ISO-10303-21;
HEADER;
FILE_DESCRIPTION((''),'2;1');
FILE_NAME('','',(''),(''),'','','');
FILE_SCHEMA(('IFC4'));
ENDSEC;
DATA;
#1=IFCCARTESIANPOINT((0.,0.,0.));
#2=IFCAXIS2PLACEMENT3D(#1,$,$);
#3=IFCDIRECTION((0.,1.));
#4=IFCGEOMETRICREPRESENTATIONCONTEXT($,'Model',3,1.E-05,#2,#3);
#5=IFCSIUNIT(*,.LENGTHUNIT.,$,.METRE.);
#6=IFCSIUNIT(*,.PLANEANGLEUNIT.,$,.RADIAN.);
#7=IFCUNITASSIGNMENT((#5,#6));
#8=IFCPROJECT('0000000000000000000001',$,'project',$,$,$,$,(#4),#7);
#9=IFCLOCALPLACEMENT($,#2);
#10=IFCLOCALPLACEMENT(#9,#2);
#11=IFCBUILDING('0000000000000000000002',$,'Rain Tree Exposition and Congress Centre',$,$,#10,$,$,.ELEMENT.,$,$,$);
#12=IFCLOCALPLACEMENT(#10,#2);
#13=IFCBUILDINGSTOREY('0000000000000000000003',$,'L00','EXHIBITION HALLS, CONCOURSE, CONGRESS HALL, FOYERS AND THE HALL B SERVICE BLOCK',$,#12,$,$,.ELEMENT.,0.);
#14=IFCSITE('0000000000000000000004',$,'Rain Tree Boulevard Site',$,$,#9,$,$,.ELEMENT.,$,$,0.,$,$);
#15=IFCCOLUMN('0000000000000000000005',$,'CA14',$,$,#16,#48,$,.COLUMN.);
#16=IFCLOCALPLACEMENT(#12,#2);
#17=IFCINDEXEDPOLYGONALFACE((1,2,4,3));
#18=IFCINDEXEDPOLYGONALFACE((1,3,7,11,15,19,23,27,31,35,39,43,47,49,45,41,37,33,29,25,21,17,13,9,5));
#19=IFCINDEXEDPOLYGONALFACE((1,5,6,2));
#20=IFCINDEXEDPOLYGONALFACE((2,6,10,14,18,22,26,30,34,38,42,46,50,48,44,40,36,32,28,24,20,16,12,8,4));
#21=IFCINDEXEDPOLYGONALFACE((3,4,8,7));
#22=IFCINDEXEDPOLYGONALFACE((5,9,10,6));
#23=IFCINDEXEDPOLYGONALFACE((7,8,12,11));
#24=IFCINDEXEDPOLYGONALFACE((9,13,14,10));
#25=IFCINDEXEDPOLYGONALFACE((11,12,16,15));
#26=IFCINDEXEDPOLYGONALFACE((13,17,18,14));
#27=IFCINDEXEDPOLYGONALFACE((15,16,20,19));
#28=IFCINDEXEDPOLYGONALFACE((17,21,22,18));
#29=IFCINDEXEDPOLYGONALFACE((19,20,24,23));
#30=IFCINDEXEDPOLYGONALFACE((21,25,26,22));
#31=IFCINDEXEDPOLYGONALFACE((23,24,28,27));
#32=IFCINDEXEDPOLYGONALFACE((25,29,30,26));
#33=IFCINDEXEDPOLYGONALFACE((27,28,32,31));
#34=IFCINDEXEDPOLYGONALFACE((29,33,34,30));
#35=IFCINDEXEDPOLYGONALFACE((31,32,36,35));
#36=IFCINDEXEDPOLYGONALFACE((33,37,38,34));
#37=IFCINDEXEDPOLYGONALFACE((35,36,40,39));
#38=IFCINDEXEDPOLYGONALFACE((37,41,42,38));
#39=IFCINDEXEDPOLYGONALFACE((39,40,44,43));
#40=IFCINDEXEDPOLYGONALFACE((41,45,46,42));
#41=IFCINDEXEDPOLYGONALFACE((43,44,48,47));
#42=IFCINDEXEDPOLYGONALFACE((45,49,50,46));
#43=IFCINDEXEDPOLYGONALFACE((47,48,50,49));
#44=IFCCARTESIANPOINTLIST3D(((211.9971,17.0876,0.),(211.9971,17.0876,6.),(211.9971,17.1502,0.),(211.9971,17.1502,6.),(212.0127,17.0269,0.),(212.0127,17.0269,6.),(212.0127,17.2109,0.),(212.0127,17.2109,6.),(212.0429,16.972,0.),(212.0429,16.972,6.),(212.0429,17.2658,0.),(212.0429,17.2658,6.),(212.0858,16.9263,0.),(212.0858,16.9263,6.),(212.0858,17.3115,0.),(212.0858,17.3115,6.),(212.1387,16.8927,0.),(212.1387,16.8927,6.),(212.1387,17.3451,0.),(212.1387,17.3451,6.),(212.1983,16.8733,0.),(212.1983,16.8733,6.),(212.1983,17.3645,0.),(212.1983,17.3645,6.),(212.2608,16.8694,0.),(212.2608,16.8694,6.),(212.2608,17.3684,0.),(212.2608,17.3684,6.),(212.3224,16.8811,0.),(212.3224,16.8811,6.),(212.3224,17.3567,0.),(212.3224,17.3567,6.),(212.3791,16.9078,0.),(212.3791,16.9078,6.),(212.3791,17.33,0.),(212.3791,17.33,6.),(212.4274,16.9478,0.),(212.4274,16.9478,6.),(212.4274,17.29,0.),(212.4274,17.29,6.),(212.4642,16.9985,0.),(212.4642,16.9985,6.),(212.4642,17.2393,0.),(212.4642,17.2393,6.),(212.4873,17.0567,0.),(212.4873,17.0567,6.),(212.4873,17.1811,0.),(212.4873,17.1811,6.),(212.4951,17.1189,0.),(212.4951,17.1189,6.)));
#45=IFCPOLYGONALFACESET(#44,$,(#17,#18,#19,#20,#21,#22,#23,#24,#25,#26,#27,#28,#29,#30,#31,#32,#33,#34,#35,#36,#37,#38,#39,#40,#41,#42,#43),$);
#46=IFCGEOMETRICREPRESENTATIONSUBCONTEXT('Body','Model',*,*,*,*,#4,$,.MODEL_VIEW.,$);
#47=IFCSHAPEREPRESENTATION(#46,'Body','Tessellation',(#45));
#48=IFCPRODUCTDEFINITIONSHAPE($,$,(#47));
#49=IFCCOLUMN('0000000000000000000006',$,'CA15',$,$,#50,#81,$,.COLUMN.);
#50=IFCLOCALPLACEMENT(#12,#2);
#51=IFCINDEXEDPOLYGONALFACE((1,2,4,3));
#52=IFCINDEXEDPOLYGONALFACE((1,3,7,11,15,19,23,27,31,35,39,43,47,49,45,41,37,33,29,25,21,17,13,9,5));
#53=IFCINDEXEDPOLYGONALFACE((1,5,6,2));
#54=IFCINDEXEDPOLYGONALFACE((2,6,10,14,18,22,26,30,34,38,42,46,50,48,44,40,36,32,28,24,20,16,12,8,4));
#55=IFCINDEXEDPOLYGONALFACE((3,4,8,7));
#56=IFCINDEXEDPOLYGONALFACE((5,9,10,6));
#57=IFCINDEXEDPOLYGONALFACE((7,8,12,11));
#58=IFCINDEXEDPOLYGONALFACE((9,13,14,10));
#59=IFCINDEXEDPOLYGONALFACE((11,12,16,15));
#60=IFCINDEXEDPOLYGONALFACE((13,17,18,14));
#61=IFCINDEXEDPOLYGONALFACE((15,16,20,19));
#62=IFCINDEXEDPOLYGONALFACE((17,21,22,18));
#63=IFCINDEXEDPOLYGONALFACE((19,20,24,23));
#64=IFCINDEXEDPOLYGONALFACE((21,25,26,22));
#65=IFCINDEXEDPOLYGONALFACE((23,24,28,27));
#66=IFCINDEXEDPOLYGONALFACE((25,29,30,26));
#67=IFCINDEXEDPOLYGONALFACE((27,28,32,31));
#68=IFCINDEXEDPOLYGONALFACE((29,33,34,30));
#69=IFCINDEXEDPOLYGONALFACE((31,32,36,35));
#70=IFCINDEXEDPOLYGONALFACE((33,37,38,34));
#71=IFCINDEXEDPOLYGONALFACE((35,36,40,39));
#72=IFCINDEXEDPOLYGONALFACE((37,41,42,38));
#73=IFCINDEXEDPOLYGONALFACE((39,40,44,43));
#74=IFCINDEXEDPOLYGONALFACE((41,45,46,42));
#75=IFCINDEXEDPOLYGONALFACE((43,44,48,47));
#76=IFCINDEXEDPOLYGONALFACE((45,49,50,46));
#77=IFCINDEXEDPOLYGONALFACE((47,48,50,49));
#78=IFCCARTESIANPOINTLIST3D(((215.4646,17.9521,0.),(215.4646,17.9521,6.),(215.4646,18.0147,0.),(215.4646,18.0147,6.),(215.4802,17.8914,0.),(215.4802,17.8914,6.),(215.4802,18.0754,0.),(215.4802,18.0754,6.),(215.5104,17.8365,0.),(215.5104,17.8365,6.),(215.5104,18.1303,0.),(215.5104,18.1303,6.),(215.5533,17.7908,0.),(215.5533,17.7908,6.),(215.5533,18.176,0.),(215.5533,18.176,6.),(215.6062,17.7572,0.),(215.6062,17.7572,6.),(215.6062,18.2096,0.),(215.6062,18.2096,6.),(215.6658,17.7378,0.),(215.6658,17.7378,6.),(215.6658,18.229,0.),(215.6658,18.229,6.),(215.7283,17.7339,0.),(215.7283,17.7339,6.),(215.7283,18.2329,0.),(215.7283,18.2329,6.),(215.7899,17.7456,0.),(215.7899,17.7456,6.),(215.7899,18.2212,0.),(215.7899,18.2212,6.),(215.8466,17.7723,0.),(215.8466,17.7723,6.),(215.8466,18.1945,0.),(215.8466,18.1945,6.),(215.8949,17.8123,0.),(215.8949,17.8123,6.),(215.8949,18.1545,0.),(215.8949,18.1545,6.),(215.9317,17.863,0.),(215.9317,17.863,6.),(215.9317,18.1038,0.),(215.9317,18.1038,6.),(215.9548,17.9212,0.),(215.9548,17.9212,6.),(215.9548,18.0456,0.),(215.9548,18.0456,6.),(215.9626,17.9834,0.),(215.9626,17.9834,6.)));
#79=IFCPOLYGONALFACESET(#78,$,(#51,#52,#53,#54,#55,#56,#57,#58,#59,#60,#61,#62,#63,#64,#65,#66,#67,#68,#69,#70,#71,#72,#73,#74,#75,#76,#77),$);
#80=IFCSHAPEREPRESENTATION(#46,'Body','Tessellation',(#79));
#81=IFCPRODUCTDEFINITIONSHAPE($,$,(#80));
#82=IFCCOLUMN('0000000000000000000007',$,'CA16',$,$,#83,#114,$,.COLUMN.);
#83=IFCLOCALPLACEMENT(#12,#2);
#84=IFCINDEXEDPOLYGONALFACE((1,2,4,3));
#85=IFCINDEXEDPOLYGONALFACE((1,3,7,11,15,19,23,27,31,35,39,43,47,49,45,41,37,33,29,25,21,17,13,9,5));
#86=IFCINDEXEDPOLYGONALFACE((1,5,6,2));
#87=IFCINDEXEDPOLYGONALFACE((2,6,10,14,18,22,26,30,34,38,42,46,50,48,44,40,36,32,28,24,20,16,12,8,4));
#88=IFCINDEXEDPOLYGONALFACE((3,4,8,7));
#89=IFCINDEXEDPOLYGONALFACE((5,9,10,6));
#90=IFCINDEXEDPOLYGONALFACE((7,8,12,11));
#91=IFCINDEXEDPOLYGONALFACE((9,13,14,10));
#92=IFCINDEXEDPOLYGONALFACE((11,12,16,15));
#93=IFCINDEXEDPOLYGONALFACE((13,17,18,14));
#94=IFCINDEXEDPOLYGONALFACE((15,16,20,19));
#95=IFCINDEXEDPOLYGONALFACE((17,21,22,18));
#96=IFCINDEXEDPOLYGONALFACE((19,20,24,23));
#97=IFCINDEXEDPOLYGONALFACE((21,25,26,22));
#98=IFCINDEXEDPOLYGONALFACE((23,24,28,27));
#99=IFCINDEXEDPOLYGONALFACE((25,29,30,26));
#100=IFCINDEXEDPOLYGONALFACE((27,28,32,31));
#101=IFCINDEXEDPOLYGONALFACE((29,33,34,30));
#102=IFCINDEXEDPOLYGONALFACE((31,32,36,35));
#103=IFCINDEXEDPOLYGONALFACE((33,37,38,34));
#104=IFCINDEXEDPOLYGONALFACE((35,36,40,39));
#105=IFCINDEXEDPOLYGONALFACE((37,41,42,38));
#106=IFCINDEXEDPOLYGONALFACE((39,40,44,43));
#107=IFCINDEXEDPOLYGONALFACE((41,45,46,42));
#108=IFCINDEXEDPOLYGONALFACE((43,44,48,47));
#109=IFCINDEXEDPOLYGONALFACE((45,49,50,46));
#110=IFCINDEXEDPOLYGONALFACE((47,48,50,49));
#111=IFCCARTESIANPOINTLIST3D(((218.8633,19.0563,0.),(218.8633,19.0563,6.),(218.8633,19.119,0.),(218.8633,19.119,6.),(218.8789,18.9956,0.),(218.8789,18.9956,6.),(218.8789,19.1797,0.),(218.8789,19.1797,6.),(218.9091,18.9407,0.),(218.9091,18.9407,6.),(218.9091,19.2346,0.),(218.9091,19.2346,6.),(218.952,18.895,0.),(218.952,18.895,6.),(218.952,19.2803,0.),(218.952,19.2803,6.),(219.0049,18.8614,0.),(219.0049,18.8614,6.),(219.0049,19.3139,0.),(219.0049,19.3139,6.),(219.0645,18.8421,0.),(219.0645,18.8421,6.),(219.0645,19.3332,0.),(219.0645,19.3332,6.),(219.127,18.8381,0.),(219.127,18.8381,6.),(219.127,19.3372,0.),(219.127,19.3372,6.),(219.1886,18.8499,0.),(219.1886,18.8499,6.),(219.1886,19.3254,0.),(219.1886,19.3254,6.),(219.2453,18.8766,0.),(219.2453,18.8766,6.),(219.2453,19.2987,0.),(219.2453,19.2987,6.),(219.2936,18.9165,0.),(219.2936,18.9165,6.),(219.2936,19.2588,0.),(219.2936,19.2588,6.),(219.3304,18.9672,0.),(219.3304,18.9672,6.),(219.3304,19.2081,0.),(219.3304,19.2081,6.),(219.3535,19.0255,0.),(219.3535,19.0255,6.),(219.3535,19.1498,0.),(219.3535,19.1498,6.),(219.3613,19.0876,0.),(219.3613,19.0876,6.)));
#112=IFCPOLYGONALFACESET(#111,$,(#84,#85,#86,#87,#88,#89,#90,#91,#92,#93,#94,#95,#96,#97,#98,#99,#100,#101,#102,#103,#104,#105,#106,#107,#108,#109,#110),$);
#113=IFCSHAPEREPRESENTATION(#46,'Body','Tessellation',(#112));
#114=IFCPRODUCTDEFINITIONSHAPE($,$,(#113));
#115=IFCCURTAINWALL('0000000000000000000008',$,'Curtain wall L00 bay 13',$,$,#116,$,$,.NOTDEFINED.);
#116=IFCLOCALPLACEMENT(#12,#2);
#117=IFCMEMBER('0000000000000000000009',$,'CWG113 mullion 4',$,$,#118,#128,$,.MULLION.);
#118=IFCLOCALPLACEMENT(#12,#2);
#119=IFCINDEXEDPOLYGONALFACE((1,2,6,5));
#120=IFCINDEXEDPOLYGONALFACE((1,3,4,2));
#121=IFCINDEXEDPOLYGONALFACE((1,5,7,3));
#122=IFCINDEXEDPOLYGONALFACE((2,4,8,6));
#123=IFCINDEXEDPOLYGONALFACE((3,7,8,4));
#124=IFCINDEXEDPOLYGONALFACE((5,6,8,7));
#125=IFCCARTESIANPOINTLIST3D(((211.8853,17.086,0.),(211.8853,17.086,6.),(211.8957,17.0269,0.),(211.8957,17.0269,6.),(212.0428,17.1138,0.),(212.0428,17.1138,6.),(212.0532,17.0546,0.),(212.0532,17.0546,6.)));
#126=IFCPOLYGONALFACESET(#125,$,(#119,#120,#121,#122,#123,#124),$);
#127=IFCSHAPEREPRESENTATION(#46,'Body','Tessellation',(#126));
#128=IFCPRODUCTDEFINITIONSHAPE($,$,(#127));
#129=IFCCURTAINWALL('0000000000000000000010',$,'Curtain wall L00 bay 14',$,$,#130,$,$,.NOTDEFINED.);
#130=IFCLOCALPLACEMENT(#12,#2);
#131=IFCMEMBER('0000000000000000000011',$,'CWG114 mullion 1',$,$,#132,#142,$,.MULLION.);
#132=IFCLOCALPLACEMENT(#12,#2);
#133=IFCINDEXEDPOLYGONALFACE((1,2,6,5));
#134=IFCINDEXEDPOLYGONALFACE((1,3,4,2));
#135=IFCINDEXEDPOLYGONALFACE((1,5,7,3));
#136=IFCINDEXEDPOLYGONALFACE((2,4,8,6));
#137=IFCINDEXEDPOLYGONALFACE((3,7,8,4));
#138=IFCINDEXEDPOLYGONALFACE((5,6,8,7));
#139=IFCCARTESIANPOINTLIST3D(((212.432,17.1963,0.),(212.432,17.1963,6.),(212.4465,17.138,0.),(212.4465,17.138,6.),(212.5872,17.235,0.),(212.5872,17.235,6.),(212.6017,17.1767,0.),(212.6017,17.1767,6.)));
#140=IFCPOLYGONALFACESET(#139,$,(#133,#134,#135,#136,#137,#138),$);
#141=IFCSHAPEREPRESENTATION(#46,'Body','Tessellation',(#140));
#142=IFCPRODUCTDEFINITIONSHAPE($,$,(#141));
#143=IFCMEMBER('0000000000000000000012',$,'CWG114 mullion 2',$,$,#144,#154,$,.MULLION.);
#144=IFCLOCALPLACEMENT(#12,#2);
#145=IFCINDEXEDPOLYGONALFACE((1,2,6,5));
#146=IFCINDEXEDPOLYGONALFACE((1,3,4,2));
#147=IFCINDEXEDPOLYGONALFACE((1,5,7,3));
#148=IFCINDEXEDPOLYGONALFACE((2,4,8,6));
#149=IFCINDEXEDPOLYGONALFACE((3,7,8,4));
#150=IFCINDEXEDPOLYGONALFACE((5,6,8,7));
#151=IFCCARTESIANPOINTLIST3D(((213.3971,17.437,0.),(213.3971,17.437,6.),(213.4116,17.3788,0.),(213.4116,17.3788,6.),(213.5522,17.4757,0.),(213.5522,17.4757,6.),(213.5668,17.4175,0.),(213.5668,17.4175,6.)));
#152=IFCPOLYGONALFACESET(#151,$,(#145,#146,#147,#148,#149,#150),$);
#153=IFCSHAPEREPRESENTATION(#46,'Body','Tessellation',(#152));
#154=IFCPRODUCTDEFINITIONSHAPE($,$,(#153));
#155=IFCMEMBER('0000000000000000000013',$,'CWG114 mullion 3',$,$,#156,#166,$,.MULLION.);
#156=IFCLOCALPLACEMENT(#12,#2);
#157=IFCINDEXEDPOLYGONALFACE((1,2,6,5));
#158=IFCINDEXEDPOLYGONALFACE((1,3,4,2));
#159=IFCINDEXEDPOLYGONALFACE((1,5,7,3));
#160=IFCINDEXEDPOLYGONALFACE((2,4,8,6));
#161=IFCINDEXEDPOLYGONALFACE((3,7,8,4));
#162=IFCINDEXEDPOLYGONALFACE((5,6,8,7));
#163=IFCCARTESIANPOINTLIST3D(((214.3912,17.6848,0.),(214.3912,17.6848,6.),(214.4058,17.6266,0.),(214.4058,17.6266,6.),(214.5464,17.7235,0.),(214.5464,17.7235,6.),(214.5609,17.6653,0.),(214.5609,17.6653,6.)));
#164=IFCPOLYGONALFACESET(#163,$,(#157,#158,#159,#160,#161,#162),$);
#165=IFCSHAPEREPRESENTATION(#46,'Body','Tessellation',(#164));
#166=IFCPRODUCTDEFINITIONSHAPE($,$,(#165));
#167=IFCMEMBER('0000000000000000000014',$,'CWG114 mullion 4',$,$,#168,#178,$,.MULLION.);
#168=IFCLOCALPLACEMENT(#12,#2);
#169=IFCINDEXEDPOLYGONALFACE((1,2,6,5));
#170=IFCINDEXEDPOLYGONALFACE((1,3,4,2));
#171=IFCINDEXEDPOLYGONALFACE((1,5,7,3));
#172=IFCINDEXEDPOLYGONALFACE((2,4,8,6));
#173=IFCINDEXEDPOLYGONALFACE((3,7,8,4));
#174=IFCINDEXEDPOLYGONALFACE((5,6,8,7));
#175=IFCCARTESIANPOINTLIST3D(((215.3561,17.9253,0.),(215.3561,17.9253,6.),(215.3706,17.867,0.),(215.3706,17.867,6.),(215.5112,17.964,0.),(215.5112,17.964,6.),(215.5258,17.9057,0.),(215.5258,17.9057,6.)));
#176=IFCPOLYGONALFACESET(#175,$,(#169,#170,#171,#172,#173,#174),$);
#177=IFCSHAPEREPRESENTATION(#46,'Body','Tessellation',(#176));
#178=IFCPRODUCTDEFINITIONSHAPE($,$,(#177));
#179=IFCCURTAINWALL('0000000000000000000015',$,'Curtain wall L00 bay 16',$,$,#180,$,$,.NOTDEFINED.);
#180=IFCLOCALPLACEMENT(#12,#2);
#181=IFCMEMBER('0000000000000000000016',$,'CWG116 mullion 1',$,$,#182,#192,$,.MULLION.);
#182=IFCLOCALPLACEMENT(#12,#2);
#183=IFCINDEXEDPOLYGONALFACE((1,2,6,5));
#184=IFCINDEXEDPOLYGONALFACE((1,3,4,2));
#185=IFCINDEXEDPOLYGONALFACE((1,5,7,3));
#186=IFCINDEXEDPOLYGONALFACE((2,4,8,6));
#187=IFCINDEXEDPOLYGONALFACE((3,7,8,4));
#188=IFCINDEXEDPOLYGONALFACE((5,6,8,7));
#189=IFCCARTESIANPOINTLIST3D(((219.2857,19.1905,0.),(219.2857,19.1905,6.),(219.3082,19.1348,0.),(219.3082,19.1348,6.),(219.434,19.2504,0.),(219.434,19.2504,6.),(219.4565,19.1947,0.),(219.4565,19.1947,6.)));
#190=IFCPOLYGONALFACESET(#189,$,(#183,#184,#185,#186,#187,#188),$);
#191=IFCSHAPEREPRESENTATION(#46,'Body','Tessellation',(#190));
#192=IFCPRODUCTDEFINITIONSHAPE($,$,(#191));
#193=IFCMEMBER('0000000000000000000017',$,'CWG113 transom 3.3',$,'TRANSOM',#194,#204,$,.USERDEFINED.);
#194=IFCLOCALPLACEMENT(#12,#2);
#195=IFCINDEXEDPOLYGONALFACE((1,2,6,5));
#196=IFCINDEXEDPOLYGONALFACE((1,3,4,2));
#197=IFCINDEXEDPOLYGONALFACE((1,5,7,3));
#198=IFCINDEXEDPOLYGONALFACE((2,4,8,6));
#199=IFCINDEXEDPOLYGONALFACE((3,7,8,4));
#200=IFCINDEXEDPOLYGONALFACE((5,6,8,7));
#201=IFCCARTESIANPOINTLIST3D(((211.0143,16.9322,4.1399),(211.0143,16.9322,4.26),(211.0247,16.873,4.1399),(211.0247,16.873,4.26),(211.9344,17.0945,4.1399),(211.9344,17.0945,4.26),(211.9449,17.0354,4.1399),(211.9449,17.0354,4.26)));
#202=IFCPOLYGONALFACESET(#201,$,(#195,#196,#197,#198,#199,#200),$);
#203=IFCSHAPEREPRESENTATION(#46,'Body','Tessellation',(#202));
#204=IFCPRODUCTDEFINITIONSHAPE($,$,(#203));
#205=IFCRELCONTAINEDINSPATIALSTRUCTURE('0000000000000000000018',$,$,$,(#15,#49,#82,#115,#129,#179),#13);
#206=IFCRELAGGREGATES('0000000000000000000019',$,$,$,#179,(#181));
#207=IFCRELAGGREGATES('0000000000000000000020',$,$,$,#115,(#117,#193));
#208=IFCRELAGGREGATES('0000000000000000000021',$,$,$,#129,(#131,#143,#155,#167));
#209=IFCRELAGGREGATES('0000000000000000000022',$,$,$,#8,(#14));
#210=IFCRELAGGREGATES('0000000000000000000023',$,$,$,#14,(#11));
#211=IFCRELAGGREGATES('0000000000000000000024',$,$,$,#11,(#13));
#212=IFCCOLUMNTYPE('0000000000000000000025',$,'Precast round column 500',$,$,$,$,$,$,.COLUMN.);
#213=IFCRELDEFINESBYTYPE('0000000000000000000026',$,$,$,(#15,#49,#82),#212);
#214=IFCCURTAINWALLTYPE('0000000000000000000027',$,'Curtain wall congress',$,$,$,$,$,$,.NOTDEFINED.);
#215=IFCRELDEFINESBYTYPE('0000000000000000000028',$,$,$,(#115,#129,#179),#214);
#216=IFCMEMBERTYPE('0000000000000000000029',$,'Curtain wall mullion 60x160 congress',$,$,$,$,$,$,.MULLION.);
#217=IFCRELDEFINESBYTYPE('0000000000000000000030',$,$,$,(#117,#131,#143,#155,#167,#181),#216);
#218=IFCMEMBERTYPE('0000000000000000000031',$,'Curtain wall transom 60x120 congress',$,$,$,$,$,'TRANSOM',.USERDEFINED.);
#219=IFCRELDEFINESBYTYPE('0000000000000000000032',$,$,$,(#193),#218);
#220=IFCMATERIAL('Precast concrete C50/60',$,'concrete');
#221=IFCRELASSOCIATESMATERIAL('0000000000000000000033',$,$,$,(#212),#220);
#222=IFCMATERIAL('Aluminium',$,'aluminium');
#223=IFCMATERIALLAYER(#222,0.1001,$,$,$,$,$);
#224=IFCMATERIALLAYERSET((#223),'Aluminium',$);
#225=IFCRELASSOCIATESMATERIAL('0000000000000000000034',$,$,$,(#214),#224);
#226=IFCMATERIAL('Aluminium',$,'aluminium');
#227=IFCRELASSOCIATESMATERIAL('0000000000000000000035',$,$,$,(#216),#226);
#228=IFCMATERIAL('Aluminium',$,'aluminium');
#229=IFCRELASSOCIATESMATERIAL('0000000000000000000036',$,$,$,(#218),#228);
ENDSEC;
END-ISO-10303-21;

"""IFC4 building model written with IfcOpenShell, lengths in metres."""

from ifc_helpers import new_model, si_unit, direction, frame, origin, origin_2d, place, context, subcontext, project, spatial, rectangle, circle, extrude, material, layer, layer_set, material_profile, profile_set, type_object, element, aggregate, save


model = new_model("IFC4")

# Units and contexts
model_context = context("Model", 3, precision=1e-05, world=origin(), true_north=direction((0.0, 1.0)))
body_context = subcontext(model_context, "Body", "Model", "MODEL_VIEW")
ifc_project = project(units=[si_unit("LENGTHUNIT", "METRE"), si_unit("PLANEANGLEUNIT", "RADIAN")], contexts=[model_context])

# Site, building, storey
site_placement = place(None, origin())
site = spatial("IfcSite", under=ifc_project, at=site_placement, Name="Rain Tree Boulevard Site", CompositionType="ELEMENT", RefElevation=0.0)
building_placement = place(site_placement, origin())
building = spatial("IfcBuilding", under=site, at=building_placement, Name="Rain Tree Exposition and Congress Centre", CompositionType="ELEMENT")
storey_placement = place(building_placement, origin())
storey = spatial("IfcBuildingStorey", under=building, at=storey_placement, Name="L00", Description="EXHIBITION HALLS, CONCOURSE, CONGRESS HALL, FOYERS AND THE HALL B SERVICE BLOCK", CompositionType="ELEMENT", Elevation=0.0)

# Columns
ifc_material_1 = material(Name="Precast concrete C50/60", Category="concrete")
ifc_material_profile_1 = material_profile(ifc_material_1, circle(Radius=0.25, at=origin_2d()), Name="RC D500")
ifc_profile_set_1 = profile_set([ifc_material_profile_1], Name="Precast concrete C50/60")
column_type = type_object("IfcColumnType", Name="Precast round column 500", PredefinedType="COLUMN", material=ifc_profile_set_1)
for number, where, z_axis, x_axis, name in (
    (1, (212.2451, 17.1189, 0.0), (0.0, 0.0, 1.0), (1.0, 0.0, 0.0), "CA14"),
    (2, (215.7126, 17.9834, 0.0), (0.0, 0.0, 1.0), (1.0, 0.0, 0.0), "CA15"),
    (3, (219.1113, 19.0876, 0.0), (0.0, 0.0, 1.0), (1.0, 0.0, 0.0), "CA16"),
):
    element("IfcColumn", number, at=place(storey_placement, frame(where, z_axis=z_axis, x_axis=x_axis)), inside=storey, type_object=column_type, Name=name, PredefinedType="COLUMN", context=body_context, shape_type="SweptSolid", body=[
        extrude(circle(Radius=0.25, at=origin_2d()), origin(), (0.0, 0.0, 1.0), 6.0),
    ])

# Curtain wall, member
ifc_material_2 = material(Name="Aluminium", Category="aluminium")
ifc_layer_1 = layer(ifc_material_2, 0.1001)
ifc_layer_set_1 = layer_set([ifc_layer_1], Name="Aluminium")
curtain_wall_type = type_object("IfcCurtainWallType", Name="Curtain wall congress", PredefinedType="NOTDEFINED", material=ifc_layer_set_1)
curtain_wall_1_placement = place(storey_placement, origin())
curtain_wall_1 = element("IfcCurtainWall", 4, at=curtain_wall_1_placement, inside=storey, type_object=curtain_wall_type, Name="Curtain wall L00 bay 13", PredefinedType="NOTDEFINED")
ifc_material_3 = material(Name="Aluminium", Category="aluminium")
ifc_material_profile_2 = material_profile(ifc_material_3, rectangle(XDim=0.0601, YDim=0.1599, at=origin_2d()), Name="AL 60x160")
ifc_profile_set_2 = profile_set([ifc_material_profile_2], Name="Aluminium")
member_type_1 = type_object("IfcMemberType", Name="Curtain wall mullion 60x160 congress", PredefinedType="MULLION", material=ifc_profile_set_2)
member_1_placement = place(storey_placement, frame((211.9692, 17.0703, 0.0), z_axis=(0.0, 0.0, 1.0), x_axis=(-0.173635, 0.98481, 0.0)))
member_1 = element("IfcMember", 5, at=member_1_placement, type_object=member_type_1, Name="CWG113 mullion 4", PredefinedType="MULLION", context=body_context, shape_type="SweptSolid", body=[
    extrude(rectangle(XDim=0.0601, YDim=0.1599, at=origin_2d()), origin(), (0.0, 0.0, 1.0), 6.0),
])

# Curtain wall, members
curtain_wall_2_placement = place(storey_placement, origin())
curtain_wall_2 = element("IfcCurtainWall", 6, at=curtain_wall_2_placement, inside=storey, type_object=curtain_wall_type, Name="Curtain wall L00 bay 14", PredefinedType="NOTDEFINED")
member_2_placement = place(storey_placement, frame((212.5168, 17.1865, 0.0), z_axis=(0.0, 0.0, 1.0), x_axis=(-0.241923, 0.970295, 0.0)))
member_2 = element("IfcMember", 7, at=member_2_placement, type_object=member_type_1, Name="CWG114 mullion 1", PredefinedType="MULLION", context=body_context, shape_type="SweptSolid", body=[
    extrude(rectangle(XDim=0.0601, YDim=0.1599, at=origin_2d()), origin(), (0.0, 0.0, 1.0), 6.0),
])
member_3_placement = place(storey_placement, frame((213.4819, 17.4272, 0.0), z_axis=(0.0, 0.0, 1.0), x_axis=(-0.241923, 0.970295, 0.0)))
member_3 = element("IfcMember", 8, at=member_3_placement, type_object=member_type_1, Name="CWG114 mullion 2", PredefinedType="MULLION", context=body_context, shape_type="SweptSolid", body=[
    extrude(rectangle(XDim=0.0601, YDim=0.1599, at=origin_2d()), origin(), (0.0, 0.0, 1.0), 6.0),
])
member_4_placement = place(storey_placement, frame((214.4761, 17.675, 0.0), z_axis=(0.0, 0.0, 1.0), x_axis=(-0.241923, 0.970295, 0.0)))
member_4 = element("IfcMember", 9, at=member_4_placement, type_object=member_type_1, Name="CWG114 mullion 3", PredefinedType="MULLION", context=body_context, shape_type="SweptSolid", body=[
    extrude(rectangle(XDim=0.0601, YDim=0.1599, at=origin_2d()), origin(), (0.0, 0.0, 1.0), 6.0),
])
member_5_placement = place(storey_placement, frame((215.4409, 17.9155, 0.0), z_axis=(0.0, 0.0, 1.0), x_axis=(-0.241923, 0.970295, 0.0)))
member_5 = element("IfcMember", 10, at=member_5_placement, type_object=member_type_1, Name="CWG114 mullion 4", PredefinedType="MULLION", context=body_context, shape_type="SweptSolid", body=[
    extrude(rectangle(XDim=0.0601, YDim=0.1599, at=origin_2d()), origin(), (0.0, 0.0, 1.0), 6.0),
])

# Curtain wall, member
curtain_wall_3_placement = place(storey_placement, origin())
curtain_wall_3 = element("IfcCurtainWall", 11, at=curtain_wall_3_placement, inside=storey, type_object=curtain_wall_type, Name="Curtain wall L00 bay 16", PredefinedType="NOTDEFINED")
member_6_placement = place(storey_placement, frame((219.3711, 19.1926, 0.0), z_axis=(0.0, 0.0, 1.0), x_axis=(-0.374597, 0.927188, 0.0)))
member_6 = element("IfcMember", 12, at=member_6_placement, type_object=member_type_1, Name="CWG116 mullion 1", PredefinedType="MULLION", context=body_context, shape_type="SweptSolid", body=[
    extrude(rectangle(XDim=0.0601, YDim=0.1599, at=origin_2d()), origin(), (0.0, 0.0, 1.0), 6.0),
])

# Member
ifc_material_4 = material(Name="Aluminium", Category="aluminium")
ifc_material_profile_3 = material_profile(ifc_material_4, rectangle(XDim=0.0601, YDim=0.1201, at=origin_2d()), Name="AL 60x120")
ifc_profile_set_3 = profile_set([ifc_material_profile_3], Name="Aluminium")
member_type_2 = type_object("IfcMemberType", Name="Curtain wall transom 60x120 congress", ElementType="TRANSOM", PredefinedType="USERDEFINED", material=ifc_profile_set_3)
member_7_placement = place(storey_placement, frame((211.0195, 16.9026, 4.2), z_axis=(0.984789, 0.173756, 0.0), x_axis=(-0.173756, 0.984789, 0.0)))
member_7 = element("IfcMember", 13, at=member_7_placement, type_object=member_type_2, Name="CWG113 transom 3.3", ObjectType="TRANSOM", PredefinedType="USERDEFINED", context=body_context, shape_type="SweptSolid", body=[
    extrude(rectangle(XDim=0.0601, YDim=0.1201, at=origin_2d()), origin(), (0.0, 0.0, 1.0), 0.9343),
])
aggregate(curtain_wall_3, [member_6])

aggregate(curtain_wall_1, [member_1, member_7])
aggregate(curtain_wall_2, [member_2, member_3, member_4, member_5])

save(model, "model.ifc")
